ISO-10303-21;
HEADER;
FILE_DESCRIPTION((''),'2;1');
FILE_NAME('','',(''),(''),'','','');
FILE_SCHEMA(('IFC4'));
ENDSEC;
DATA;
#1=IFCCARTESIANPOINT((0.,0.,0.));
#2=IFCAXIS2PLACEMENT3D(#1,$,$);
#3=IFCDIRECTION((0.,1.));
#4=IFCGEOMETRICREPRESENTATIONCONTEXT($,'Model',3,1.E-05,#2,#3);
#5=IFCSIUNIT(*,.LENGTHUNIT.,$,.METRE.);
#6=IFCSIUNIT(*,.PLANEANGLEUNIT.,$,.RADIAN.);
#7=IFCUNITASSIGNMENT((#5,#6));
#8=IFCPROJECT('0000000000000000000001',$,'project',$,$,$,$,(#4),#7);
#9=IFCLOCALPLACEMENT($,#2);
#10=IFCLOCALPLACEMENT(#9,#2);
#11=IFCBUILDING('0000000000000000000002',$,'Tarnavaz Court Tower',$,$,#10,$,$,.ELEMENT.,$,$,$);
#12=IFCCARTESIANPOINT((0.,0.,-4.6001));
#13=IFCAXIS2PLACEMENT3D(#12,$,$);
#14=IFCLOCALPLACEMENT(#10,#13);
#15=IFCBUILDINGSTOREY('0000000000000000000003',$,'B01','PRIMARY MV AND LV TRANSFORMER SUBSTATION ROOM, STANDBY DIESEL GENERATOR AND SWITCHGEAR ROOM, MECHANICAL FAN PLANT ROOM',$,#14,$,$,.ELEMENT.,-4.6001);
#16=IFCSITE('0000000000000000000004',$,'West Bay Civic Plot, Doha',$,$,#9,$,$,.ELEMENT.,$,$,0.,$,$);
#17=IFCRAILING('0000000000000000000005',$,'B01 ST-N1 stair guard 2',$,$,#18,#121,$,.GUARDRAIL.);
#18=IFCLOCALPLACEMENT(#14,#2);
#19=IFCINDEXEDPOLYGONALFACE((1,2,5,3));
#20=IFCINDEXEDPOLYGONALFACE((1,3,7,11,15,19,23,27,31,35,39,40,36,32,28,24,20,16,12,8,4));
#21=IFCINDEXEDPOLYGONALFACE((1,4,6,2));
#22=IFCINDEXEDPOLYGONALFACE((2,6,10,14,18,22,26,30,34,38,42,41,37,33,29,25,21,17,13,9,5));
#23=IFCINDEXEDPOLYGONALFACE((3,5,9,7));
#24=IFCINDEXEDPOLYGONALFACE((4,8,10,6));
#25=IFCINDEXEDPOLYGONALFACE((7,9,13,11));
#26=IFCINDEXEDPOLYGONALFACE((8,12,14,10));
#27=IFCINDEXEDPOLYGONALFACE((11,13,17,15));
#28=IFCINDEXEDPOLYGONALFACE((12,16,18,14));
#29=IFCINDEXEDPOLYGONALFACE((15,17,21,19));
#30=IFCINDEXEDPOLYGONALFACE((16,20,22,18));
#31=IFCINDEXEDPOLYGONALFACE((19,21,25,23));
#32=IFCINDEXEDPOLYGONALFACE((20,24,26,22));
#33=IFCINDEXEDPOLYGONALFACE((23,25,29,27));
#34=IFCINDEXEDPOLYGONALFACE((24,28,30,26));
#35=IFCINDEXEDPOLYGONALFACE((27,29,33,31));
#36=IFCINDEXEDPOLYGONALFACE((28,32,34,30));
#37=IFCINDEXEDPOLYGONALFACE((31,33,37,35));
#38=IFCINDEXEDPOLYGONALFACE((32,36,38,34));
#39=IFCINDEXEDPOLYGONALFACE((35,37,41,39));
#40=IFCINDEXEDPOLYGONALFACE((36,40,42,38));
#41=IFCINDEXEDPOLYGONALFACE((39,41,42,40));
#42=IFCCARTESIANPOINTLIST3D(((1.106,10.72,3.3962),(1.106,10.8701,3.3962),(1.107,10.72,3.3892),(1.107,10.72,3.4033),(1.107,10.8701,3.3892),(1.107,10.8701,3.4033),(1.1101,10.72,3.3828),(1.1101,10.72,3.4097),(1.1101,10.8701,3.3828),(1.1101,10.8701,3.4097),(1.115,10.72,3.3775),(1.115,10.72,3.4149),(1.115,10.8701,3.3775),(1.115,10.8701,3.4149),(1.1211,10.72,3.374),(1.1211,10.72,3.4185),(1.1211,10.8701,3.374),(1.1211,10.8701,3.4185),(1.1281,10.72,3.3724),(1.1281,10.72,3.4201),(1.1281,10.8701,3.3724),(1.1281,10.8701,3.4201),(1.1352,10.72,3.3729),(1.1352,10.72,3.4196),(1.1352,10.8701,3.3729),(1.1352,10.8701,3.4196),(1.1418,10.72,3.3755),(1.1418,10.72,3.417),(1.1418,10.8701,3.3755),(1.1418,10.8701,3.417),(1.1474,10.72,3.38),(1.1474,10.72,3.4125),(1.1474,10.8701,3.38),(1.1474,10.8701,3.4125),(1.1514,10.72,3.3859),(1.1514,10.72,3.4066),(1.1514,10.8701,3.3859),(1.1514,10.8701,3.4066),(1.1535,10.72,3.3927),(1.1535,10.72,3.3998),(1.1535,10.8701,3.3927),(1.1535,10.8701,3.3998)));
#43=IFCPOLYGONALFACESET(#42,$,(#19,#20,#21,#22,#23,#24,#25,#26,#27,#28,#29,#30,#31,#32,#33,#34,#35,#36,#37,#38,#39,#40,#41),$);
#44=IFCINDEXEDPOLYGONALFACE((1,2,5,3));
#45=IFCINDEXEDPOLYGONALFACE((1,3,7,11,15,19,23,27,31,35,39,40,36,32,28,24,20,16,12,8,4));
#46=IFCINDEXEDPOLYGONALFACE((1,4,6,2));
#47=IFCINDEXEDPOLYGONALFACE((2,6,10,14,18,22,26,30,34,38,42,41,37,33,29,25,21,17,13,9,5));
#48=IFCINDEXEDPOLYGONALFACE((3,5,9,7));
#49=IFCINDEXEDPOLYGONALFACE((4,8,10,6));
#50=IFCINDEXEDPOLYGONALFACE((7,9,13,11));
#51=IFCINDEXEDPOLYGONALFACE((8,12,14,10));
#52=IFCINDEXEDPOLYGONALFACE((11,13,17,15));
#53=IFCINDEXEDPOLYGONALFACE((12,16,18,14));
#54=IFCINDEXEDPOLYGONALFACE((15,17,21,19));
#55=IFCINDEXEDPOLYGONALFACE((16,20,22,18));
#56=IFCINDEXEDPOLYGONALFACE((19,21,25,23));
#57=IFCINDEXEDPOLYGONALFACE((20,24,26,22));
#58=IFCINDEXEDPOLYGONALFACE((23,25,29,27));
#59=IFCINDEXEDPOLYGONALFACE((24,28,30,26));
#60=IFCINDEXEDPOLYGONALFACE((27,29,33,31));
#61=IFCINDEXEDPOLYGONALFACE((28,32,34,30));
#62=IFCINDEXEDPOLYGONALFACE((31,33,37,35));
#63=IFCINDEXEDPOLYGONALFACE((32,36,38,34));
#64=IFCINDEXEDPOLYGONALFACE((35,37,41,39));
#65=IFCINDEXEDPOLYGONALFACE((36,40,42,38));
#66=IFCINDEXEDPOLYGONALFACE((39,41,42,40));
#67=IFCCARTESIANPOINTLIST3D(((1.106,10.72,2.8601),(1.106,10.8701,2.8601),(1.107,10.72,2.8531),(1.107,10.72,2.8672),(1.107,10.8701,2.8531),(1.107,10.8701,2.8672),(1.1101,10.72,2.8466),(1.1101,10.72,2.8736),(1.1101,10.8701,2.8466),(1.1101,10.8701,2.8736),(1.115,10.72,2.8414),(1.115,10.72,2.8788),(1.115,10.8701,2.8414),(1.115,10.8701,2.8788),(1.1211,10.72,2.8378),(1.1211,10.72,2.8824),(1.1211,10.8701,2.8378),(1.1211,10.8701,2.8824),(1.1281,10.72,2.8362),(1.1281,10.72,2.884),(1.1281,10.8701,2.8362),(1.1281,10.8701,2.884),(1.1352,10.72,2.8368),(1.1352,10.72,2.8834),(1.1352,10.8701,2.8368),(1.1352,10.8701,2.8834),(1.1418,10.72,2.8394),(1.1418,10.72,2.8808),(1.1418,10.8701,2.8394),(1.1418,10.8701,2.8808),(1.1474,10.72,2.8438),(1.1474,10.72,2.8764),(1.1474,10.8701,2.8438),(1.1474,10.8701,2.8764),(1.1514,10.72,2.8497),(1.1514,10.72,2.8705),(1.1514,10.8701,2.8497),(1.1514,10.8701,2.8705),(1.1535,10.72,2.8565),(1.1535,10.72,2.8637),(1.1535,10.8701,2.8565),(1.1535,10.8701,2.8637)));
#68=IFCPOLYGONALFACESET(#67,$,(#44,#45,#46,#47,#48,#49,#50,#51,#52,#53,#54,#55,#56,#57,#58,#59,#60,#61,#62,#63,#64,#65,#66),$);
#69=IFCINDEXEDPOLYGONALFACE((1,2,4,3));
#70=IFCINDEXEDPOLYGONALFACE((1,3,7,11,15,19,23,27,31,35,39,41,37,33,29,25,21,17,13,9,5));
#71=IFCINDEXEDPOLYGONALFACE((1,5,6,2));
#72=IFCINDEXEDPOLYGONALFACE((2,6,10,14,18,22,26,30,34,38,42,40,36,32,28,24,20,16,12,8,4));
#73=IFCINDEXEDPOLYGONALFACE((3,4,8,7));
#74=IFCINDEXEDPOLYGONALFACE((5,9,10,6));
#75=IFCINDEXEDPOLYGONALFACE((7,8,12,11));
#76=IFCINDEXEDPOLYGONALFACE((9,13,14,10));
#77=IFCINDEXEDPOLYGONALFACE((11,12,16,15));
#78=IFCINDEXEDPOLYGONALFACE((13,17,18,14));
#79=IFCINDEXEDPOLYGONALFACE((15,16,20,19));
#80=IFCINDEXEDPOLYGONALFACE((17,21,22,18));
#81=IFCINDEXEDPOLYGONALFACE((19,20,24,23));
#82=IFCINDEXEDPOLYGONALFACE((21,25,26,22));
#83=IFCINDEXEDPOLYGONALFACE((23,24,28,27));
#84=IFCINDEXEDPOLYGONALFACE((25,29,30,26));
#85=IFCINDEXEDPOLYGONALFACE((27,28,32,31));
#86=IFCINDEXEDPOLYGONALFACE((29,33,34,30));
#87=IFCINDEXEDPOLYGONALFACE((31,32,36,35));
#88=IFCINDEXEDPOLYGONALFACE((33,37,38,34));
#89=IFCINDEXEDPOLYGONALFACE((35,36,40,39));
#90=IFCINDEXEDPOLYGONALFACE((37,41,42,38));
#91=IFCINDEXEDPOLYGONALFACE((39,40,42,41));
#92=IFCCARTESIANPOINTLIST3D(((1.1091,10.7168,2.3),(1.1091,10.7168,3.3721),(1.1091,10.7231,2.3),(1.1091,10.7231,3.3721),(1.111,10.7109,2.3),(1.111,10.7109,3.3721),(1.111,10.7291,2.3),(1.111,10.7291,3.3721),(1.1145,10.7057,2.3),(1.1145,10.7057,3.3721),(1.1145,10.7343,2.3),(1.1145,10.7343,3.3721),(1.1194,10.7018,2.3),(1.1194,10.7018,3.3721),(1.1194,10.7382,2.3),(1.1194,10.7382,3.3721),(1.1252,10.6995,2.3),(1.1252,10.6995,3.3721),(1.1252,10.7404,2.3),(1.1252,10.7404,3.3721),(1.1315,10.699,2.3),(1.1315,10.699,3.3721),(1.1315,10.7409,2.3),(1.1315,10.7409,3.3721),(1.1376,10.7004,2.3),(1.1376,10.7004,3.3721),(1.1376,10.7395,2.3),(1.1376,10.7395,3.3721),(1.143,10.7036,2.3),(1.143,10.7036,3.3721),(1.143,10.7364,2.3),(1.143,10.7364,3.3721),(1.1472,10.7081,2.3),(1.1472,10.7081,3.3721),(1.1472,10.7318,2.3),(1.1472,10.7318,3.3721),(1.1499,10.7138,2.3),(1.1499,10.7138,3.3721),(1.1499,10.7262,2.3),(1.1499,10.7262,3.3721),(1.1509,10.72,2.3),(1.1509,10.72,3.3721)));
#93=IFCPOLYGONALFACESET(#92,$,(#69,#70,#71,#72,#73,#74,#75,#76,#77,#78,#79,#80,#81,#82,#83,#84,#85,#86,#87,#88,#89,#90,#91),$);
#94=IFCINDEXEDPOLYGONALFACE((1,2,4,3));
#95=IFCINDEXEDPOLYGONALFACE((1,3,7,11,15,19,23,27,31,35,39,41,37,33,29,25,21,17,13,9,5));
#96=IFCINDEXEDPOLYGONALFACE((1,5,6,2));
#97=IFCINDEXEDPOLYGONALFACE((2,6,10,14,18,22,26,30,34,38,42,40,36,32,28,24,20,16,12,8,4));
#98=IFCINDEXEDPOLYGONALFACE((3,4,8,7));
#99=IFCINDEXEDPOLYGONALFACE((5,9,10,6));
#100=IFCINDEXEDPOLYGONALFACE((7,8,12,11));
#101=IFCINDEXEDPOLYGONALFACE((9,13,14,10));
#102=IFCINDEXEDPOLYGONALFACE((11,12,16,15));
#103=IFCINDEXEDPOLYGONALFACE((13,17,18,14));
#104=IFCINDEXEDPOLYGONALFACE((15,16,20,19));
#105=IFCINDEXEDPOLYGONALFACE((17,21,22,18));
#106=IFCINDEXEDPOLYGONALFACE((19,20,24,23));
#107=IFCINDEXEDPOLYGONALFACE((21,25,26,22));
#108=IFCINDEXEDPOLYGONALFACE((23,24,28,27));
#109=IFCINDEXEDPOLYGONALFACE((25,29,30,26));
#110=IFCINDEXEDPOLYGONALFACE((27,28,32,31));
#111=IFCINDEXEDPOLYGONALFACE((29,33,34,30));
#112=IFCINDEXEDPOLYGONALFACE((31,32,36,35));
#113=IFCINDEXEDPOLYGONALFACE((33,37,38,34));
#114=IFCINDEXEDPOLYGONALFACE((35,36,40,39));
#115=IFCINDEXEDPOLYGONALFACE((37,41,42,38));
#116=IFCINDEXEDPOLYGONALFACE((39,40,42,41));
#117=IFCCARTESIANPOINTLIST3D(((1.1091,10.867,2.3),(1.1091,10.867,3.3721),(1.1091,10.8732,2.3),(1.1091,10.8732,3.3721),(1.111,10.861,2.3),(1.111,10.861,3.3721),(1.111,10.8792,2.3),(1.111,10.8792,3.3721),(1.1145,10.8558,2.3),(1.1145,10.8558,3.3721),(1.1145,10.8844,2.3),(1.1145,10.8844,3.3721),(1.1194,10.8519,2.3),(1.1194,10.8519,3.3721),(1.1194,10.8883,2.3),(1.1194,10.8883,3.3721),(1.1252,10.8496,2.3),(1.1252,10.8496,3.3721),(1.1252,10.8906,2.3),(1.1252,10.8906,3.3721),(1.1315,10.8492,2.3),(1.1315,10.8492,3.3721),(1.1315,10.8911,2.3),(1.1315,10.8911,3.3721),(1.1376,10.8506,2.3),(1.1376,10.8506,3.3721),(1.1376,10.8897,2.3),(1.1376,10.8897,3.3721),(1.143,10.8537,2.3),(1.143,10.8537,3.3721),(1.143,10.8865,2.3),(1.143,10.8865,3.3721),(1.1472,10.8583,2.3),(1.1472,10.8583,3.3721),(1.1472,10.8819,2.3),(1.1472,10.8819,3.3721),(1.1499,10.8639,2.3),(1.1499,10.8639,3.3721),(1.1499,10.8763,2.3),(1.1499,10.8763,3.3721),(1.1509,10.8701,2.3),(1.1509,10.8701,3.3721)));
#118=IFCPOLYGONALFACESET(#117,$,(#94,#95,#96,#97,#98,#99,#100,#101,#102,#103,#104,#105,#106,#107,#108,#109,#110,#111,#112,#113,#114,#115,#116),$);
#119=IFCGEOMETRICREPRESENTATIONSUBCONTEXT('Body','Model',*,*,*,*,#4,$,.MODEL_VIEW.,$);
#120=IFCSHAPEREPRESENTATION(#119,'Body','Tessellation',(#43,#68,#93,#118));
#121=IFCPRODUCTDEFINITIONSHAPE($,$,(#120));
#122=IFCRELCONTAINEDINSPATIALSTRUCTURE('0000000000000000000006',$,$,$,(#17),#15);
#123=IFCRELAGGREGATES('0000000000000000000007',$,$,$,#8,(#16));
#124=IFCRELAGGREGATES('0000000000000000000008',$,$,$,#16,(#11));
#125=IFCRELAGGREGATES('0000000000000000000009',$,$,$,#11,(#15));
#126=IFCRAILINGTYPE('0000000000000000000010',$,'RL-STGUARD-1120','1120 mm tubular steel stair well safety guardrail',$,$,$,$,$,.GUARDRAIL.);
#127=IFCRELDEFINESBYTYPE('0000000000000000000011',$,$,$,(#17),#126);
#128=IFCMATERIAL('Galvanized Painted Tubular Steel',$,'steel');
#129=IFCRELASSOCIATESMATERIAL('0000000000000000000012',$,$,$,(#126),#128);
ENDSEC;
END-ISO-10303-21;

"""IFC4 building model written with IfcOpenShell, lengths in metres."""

from ifc_helpers import new_model, si_unit, direction, frame, origin, origin_2d, place, context, subcontext, project, spatial, circle, extrude, material, type_object, element, save


model = new_model("IFC4")

# Units and contexts
model_context = context("Model", 3, precision=1e-05, world=origin(), true_north=direction((0.0, 1.0)))
body_context = subcontext(model_context, "Body", "Model", "MODEL_VIEW")
ifc_project = project(units=[si_unit("LENGTHUNIT", "METRE"), si_unit("PLANEANGLEUNIT", "RADIAN")], contexts=[model_context])

# Site, building, storey
site_placement = place(None, origin())
site = spatial("IfcSite", under=ifc_project, at=site_placement, Name="West Bay Civic Plot, Doha", CompositionType="ELEMENT", RefElevation=0.0)
building_placement = place(site_placement, origin())
building = spatial("IfcBuilding", under=site, at=building_placement, Name="Tarnavaz Court Tower", CompositionType="ELEMENT")
storey_placement = place(building_placement, frame((0.0, 0.0, -4.6001)))
storey = spatial("IfcBuildingStorey", under=building, at=storey_placement, Name="B01", Description="PRIMARY MV AND LV TRANSFORMER SUBSTATION ROOM, STANDBY DIESEL GENERATOR AND SWITCHGEAR ROOM, MECHANICAL FAN PLANT ROOM", CompositionType="ELEMENT", Elevation=-4.6001)

# Railing
ifc_material_1 = material(Name="Galvanized Painted Tubular Steel", Category="steel")
railing_type_1 = type_object("IfcRailingType", Name="RL-STGUARD-1120", Description="1120 mm tubular steel stair well safety guardrail", PredefinedType="GUARDRAIL", material=ifc_material_1)
railing_1_placement = place(storey_placement, frame((1.1299, 10.72, 2.3)))
element("IfcRailing", 1, at=railing_1_placement, inside=storey, type_object=railing_type_1, Name="B01 ST-N1 stair guard 2", PredefinedType="GUARDRAIL", context=body_context, shape_type="SweptSolid", body=[
    extrude(circle(Radius=0.0239, at=origin_2d()), frame((0.0, 0.0, 1.0962), z_axis=(0.0, 1.0, 0.0), x_axis=(-1.0, 0.0, 0.0)), (0.0, 0.0, 1.0), 0.1501),
    extrude(circle(Radius=0.0239, at=origin_2d()), frame((0.0, 0.0, 0.5601), z_axis=(0.0, 1.0, 0.0), x_axis=(-1.0, 0.0, 0.0)), (0.0, 0.0, 1.0), 0.1501),
    extrude(circle(Radius=0.021, at=origin_2d()), origin(), (0.0, 0.0, 1.0), 1.072),
    extrude(circle(Radius=0.021, at=origin_2d()), frame((0.0, 0.1501, 0.0)), (0.0, 0.0, 1.0), 1.072),
])

save(model, "model.ifc")
